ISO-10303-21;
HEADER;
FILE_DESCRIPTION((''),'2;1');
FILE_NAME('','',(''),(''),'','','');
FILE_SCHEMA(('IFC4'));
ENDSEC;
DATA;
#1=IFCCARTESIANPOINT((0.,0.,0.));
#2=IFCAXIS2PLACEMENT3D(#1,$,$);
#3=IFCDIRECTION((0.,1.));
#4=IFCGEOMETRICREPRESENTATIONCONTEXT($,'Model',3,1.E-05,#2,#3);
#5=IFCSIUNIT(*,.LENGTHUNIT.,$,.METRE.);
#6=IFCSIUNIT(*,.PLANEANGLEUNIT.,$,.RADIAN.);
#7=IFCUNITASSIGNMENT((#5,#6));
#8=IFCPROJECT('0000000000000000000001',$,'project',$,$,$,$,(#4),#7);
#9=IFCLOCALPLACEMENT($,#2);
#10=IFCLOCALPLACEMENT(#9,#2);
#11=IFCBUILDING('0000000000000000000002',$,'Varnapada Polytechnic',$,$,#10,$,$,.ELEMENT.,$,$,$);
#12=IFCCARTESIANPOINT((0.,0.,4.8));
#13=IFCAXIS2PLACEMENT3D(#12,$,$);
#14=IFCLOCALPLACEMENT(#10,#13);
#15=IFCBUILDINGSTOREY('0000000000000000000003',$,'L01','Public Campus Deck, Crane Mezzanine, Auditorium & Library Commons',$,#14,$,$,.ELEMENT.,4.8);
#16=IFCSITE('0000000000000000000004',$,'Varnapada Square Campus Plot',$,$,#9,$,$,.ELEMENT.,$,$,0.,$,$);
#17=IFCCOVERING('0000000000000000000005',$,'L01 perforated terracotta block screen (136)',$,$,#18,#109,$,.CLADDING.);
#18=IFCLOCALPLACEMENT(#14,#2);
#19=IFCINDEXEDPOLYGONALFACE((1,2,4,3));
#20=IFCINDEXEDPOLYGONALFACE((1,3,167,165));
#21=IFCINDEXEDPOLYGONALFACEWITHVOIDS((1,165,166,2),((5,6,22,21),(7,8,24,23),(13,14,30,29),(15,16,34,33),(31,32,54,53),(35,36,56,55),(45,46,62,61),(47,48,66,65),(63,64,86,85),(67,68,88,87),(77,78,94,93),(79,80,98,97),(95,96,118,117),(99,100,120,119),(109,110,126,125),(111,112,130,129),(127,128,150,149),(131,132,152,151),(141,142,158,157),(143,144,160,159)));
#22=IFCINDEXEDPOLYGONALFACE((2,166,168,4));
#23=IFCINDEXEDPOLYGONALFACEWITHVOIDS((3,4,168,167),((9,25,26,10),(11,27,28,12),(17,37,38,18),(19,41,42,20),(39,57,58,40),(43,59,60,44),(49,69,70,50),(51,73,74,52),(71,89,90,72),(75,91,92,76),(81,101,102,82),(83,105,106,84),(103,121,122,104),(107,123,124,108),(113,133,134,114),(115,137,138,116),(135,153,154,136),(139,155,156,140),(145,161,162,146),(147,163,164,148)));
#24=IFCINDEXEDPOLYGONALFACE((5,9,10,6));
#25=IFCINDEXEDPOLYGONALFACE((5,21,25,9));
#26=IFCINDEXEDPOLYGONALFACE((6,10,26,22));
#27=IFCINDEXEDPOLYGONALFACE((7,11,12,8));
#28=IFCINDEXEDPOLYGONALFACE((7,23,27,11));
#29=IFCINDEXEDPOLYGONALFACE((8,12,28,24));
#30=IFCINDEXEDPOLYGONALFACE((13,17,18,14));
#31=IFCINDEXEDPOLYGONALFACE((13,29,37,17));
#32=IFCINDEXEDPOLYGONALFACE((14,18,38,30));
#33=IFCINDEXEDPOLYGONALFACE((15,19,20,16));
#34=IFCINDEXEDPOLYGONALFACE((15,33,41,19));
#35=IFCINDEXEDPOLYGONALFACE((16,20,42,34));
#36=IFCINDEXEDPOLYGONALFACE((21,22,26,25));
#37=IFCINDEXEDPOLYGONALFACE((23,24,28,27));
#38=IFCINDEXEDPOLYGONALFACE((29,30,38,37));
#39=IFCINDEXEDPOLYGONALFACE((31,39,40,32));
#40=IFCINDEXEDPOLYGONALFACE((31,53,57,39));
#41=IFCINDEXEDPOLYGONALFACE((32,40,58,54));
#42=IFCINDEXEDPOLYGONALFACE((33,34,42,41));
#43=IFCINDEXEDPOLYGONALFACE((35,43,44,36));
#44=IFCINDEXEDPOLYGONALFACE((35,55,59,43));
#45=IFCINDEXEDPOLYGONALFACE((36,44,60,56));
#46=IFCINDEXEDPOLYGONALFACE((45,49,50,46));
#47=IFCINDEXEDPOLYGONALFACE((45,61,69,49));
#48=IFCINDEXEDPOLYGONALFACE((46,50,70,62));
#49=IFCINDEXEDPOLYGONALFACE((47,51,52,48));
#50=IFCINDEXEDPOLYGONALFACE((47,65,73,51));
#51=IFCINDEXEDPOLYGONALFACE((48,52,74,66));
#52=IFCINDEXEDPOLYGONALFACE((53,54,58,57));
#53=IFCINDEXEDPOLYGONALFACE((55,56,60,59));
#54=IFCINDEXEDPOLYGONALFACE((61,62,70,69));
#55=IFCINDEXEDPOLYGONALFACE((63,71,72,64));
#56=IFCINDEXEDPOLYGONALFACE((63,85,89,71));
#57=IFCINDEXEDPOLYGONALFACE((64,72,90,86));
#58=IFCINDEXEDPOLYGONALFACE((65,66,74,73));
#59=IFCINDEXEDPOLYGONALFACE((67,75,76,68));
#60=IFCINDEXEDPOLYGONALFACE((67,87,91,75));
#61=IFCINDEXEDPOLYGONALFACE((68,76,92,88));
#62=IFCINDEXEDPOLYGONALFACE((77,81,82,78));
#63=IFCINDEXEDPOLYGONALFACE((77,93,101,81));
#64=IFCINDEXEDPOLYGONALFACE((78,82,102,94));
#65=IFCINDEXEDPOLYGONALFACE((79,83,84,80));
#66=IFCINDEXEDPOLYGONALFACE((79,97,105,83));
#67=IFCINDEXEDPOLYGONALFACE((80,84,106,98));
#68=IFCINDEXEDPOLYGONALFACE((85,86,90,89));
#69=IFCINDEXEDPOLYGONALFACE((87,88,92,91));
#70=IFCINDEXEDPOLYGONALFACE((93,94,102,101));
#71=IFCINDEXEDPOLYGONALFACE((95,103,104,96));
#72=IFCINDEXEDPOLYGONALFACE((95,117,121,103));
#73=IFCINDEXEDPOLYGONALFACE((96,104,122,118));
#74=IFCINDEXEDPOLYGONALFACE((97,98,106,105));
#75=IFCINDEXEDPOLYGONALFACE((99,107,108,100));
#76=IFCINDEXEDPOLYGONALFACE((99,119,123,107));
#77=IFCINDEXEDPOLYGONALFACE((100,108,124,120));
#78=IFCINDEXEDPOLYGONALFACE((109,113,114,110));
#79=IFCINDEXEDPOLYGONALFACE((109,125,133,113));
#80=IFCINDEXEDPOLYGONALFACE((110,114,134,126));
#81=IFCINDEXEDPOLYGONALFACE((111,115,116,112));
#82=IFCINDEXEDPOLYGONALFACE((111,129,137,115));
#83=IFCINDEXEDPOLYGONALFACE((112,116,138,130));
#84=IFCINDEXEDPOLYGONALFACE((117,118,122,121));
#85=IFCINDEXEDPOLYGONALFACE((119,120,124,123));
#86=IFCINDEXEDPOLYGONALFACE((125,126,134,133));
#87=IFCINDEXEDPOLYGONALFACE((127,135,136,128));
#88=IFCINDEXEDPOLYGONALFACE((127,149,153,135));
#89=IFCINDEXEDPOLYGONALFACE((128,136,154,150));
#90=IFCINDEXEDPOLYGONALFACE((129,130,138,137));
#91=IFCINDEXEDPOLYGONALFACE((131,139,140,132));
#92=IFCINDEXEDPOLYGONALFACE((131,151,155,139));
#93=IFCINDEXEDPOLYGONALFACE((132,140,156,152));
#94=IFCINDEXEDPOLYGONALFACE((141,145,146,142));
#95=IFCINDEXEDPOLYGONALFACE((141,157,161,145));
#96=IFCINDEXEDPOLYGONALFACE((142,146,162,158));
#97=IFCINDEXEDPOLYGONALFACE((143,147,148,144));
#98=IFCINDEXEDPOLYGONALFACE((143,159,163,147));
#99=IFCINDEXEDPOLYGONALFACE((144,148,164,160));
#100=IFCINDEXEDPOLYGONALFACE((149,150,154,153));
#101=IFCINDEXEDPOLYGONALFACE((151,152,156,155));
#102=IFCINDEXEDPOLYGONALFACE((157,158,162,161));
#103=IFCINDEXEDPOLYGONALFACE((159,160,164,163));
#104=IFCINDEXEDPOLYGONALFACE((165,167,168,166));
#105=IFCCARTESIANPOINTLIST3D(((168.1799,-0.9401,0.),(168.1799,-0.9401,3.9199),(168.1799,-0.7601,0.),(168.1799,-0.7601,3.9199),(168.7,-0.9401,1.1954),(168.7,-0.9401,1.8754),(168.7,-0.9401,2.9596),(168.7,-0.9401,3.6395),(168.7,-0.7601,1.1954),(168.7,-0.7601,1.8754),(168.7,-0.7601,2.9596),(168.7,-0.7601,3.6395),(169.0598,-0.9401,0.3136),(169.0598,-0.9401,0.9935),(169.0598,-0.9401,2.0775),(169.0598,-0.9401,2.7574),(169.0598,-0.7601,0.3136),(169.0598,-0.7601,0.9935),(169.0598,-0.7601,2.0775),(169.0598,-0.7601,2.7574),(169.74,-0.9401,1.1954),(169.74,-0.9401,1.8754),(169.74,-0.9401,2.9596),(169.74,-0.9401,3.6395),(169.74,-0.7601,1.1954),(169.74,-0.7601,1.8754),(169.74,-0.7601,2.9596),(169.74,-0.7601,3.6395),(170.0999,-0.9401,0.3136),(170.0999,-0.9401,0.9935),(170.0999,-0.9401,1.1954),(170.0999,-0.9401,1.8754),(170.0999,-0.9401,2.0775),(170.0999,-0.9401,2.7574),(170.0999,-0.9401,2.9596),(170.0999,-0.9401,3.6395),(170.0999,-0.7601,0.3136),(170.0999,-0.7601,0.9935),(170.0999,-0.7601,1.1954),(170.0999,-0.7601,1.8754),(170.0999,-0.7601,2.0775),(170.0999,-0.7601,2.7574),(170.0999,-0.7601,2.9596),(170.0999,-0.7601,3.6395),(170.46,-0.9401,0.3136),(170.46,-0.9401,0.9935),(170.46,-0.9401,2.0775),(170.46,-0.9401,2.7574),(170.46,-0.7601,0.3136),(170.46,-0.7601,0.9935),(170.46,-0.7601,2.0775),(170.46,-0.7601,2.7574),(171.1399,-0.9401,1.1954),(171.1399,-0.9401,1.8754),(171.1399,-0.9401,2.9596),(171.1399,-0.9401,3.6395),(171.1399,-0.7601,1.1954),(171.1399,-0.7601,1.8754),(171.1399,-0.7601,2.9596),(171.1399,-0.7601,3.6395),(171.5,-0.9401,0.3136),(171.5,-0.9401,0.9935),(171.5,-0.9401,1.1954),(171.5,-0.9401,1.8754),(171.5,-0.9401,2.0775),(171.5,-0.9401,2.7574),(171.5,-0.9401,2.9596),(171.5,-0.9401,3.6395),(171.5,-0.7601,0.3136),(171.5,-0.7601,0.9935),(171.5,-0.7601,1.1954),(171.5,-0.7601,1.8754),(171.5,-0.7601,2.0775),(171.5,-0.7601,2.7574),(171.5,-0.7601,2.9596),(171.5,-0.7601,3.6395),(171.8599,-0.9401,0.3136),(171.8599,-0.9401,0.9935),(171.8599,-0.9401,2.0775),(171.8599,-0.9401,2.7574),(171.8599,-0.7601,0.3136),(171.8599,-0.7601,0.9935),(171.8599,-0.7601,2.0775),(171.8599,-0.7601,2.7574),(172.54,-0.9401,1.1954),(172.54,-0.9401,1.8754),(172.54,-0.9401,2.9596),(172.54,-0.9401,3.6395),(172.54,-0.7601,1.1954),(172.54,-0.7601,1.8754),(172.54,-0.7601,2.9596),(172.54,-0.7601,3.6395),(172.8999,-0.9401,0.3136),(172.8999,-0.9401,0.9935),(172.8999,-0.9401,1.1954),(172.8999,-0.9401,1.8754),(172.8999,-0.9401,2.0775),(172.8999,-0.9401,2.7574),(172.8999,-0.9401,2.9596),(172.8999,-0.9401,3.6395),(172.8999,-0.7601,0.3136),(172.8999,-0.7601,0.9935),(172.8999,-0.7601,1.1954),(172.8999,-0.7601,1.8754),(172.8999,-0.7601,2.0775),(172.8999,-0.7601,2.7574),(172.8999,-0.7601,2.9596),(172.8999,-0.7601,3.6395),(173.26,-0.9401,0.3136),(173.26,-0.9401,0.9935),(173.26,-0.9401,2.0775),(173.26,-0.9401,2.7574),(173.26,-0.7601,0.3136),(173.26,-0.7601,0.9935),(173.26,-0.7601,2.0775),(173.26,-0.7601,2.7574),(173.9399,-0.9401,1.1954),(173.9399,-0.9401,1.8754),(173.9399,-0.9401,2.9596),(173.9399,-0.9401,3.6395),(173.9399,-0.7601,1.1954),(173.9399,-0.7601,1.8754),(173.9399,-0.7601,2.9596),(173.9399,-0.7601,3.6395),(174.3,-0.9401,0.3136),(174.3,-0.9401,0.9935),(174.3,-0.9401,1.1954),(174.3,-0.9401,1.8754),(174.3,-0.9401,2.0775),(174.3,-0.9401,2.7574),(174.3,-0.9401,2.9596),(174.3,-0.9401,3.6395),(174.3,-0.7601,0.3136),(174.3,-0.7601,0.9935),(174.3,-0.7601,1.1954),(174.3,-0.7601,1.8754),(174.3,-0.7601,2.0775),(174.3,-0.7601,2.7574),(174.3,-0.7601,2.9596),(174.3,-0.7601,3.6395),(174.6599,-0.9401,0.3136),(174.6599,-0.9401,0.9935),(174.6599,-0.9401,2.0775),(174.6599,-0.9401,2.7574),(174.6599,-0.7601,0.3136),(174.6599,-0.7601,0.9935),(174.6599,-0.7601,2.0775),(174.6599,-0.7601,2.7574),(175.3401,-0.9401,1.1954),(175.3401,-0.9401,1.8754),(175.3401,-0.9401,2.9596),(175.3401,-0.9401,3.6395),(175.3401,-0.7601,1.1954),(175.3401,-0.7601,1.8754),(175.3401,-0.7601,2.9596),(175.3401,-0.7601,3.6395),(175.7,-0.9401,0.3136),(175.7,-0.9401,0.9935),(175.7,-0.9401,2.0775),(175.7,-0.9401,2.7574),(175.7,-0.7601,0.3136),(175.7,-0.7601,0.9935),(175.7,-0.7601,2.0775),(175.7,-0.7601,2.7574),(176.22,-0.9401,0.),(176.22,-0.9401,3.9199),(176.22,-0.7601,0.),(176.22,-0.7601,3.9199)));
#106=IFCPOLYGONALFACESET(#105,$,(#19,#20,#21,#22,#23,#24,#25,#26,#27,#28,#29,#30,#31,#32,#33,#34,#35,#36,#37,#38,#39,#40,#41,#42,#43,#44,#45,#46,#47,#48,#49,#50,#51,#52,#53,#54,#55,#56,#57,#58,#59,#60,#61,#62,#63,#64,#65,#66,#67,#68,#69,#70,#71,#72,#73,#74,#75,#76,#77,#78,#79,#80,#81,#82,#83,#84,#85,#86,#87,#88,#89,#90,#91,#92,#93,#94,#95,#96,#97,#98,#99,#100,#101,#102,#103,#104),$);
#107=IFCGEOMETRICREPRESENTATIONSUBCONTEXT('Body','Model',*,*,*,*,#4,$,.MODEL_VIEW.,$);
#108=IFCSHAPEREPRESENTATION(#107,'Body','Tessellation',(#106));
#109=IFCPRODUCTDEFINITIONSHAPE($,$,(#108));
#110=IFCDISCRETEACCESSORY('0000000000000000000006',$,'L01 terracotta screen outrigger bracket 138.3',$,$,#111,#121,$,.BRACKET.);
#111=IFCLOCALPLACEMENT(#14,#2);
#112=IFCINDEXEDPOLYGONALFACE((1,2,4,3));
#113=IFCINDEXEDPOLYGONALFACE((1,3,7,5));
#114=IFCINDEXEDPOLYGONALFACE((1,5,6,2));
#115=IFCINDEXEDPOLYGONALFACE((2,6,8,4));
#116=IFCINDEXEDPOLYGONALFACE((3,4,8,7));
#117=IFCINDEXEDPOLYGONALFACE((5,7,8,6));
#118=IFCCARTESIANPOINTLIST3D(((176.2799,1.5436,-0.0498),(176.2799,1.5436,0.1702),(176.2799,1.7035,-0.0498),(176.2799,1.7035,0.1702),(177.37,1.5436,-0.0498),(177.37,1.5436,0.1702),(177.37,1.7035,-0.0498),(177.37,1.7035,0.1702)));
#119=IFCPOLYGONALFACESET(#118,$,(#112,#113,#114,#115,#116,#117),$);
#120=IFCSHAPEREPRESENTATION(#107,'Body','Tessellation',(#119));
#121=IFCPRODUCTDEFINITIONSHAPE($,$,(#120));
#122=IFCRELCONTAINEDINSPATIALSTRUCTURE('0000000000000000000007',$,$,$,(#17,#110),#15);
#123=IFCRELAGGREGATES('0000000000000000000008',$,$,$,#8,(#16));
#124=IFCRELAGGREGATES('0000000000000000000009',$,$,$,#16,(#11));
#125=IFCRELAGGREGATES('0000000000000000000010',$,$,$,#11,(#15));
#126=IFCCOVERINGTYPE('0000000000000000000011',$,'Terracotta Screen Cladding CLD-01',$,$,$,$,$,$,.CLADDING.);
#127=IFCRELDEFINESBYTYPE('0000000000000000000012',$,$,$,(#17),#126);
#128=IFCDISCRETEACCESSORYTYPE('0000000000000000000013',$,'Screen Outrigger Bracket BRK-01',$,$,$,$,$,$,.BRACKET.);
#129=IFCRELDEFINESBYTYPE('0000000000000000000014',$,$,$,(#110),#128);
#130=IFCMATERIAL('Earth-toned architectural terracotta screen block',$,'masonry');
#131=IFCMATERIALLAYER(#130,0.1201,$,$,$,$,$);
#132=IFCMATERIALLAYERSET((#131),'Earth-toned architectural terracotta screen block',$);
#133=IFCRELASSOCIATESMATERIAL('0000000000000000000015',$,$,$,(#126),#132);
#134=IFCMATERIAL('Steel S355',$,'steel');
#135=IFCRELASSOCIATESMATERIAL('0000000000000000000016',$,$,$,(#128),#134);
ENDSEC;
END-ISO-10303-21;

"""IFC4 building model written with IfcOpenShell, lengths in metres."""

from ifc_helpers import new_model, si_unit, direction, frame, frame_2d, origin, origin_2d, place, context, subcontext, project, spatial, rectangle, extrude, material, layer, layer_set, type_object, element, save


model = new_model("IFC4")

# Units and contexts
model_context = context("Model", 3, precision=1e-05, world=origin(), true_north=direction((0.0, 1.0)))
body_context = subcontext(model_context, "Body", "Model", "MODEL_VIEW")
ifc_project = project(units=[si_unit("LENGTHUNIT", "METRE"), si_unit("PLANEANGLEUNIT", "RADIAN")], contexts=[model_context])

# Site, building, storey
site_placement = place(None, origin())
site = spatial("IfcSite", under=ifc_project, at=site_placement, Name="Varnapada Square Campus Plot", CompositionType="ELEMENT", RefElevation=0.0)
building_placement = place(site_placement, origin())
building = spatial("IfcBuilding", under=site, at=building_placement, Name="Varnapada Polytechnic", CompositionType="ELEMENT")
storey_placement = place(building_placement, frame((0.0, 0.0, 4.8)))
storey = spatial("IfcBuildingStorey", under=building, at=storey_placement, Name="L01", Description="Public Campus Deck, Crane Mezzanine, Auditorium & Library Commons", CompositionType="ELEMENT", Elevation=4.8)

# Shared definitions
ifc_material_1 = material(Name="Steel S355", Category="steel")

# Covering, openings
ifc_material_2 = material(Name="Earth-toned architectural terracotta screen block", Category="masonry")
ifc_layer_1 = layer(ifc_material_2, 0.1201)
ifc_layer_set_1 = layer_set([ifc_layer_1], Name="Earth-toned architectural terracotta screen block")
covering_type = type_object("IfcCoveringType", Name="Terracotta Screen Cladding CLD-01", PredefinedType="CLADDING", material=ifc_layer_set_1)
covering_placement = place(storey_placement, frame((176.22, -0.8501, 0.0), z_axis=(0.0, 0.0, 1.0), x_axis=(-1.0, 0.0, 0.0)))
covering = element("IfcCovering", 1, at=covering_placement, inside=storey, type_object=covering_type, Name="L01 perforated terracotta block screen (136)", PredefinedType="CLADDING", context=body_context, shape_type="SweptSolid", body=[
    extrude(rectangle(XDim=8.04, YDim=0.1799, at=frame_2d((4.02, 0.0))), origin(), (0.0, 0.0, 1.0), 3.9199),
])
opening_1_placement = place(covering_placement, frame((0.52, 0.0, 0.3137)))
element("IfcOpeningElement", 2, at=opening_1_placement, cuts=covering, PredefinedType="OPENING", context=body_context, shape_type="SweptSolid", body=[
    extrude(rectangle(XDim=1.04, YDim=0.6799, at=frame_2d((0.52, 0.3398))), frame((0.0, 0.0999, 0.0), z_axis=(0.0, -1.0, 0.0), x_axis=(1.0, 0.0, 0.0)), (0.0, 0.0, 1.0), 0.2),
])
opening_2_placement = place(covering_placement, frame((1.9199, 0.0, 0.3137)))
element("IfcOpeningElement", 3, at=opening_2_placement, cuts=covering, PredefinedType="OPENING", context=body_context, shape_type="SweptSolid", body=[
    extrude(rectangle(XDim=1.04, YDim=0.6799, at=frame_2d((0.52, 0.3398))), frame((0.0, 0.0999, 0.0), z_axis=(0.0, -1.0, 0.0), x_axis=(1.0, 0.0, 0.0)), (0.0, 0.0, 1.0), 0.2),
])
opening_3_placement = place(covering_placement, frame((3.3201, 0.0, 0.3137)))
element("IfcOpeningElement", 4, at=opening_3_placement, cuts=covering, PredefinedType="OPENING", context=body_context, shape_type="SweptSolid", body=[
    extrude(rectangle(XDim=1.04, YDim=0.6799, at=frame_2d((0.52, 0.3398))), frame((0.0, 0.0999, 0.0), z_axis=(0.0, -1.0, 0.0), x_axis=(1.0, 0.0, 0.0)), (0.0, 0.0, 1.0), 0.2),
])
opening_4_placement = place(covering_placement, frame((4.72, 0.0, 0.3137)))
element("IfcOpeningElement", 5, at=opening_4_placement, cuts=covering, PredefinedType="OPENING", context=body_context, shape_type="SweptSolid", body=[
    extrude(rectangle(XDim=1.04, YDim=0.6799, at=frame_2d((0.52, 0.3398))), frame((0.0, 0.0999, 0.0), z_axis=(0.0, -1.0, 0.0), x_axis=(1.0, 0.0, 0.0)), (0.0, 0.0, 1.0), 0.2),
])
opening_5_placement = place(covering_placement, frame((6.1201, 0.0, 0.3137)))
element("IfcOpeningElement", 6, at=opening_5_placement, cuts=covering, PredefinedType="OPENING", context=body_context, shape_type="SweptSolid", body=[
    extrude(rectangle(XDim=1.04, YDim=0.6799, at=frame_2d((0.52, 0.3398))), frame((0.0, 0.0999, 0.0), z_axis=(0.0, -1.0, 0.0), x_axis=(1.0, 0.0, 0.0)), (0.0, 0.0, 1.0), 0.2),
])
opening_6_placement = place(covering_placement, frame((0.8799, 0.0, 1.1956)))
element("IfcOpeningElement", 7, at=opening_6_placement, cuts=covering, PredefinedType="OPENING", context=body_context, shape_type="SweptSolid", body=[
    extrude(rectangle(XDim=1.04, YDim=0.6799, at=frame_2d((0.52, 0.3398))), frame((0.0, 0.0999, 0.0), z_axis=(0.0, -1.0, 0.0), x_axis=(1.0, 0.0, 0.0)), (0.0, 0.0, 1.0), 0.2),
])
opening_7_placement = place(covering_placement, frame((2.28, 0.0, 1.1956)))
element("IfcOpeningElement", 8, at=opening_7_placement, cuts=covering, PredefinedType="OPENING", context=body_context, shape_type="SweptSolid", body=[
    extrude(rectangle(XDim=1.04, YDim=0.6799, at=frame_2d((0.52, 0.3398))), frame((0.0, 0.0999, 0.0), z_axis=(0.0, -1.0, 0.0), x_axis=(1.0, 0.0, 0.0)), (0.0, 0.0, 1.0), 0.2),
])
opening_8_placement = place(covering_placement, frame((3.6799, 0.0, 1.1956)))
element("IfcOpeningElement", 9, at=opening_8_placement, cuts=covering, PredefinedType="OPENING", context=body_context, shape_type="SweptSolid", body=[
    extrude(rectangle(XDim=1.04, YDim=0.6799, at=frame_2d((0.52, 0.3398))), frame((0.0, 0.0999, 0.0), z_axis=(0.0, -1.0, 0.0), x_axis=(1.0, 0.0, 0.0)), (0.0, 0.0, 1.0), 0.2),
])
opening_9_placement = place(covering_placement, frame((5.0801, 0.0, 1.1956)))
element("IfcOpeningElement", 10, at=opening_9_placement, cuts=covering, PredefinedType="OPENING", context=body_context, shape_type="SweptSolid", body=[
    extrude(rectangle(XDim=1.04, YDim=0.6799, at=frame_2d((0.52, 0.3398))), frame((0.0, 0.0999, 0.0), z_axis=(0.0, -1.0, 0.0), x_axis=(1.0, 0.0, 0.0)), (0.0, 0.0, 1.0), 0.2),
])
opening_10_placement = place(covering_placement, frame((6.48, 0.0, 1.1956)))
element("IfcOpeningElement", 11, at=opening_10_placement, cuts=covering, PredefinedType="OPENING", context=body_context, shape_type="SweptSolid", body=[
    extrude(rectangle(XDim=1.04, YDim=0.6799, at=frame_2d((0.52, 0.3398))), frame((0.0, 0.0999, 0.0), z_axis=(0.0, -1.0, 0.0), x_axis=(1.0, 0.0, 0.0)), (0.0, 0.0, 1.0), 0.2),
])
opening_11_placement = place(covering_placement, frame((0.52, 0.0, 2.0776)))
element("IfcOpeningElement", 12, at=opening_11_placement, cuts=covering, PredefinedType="OPENING", context=body_context, shape_type="SweptSolid", body=[
    extrude(rectangle(XDim=1.04, YDim=0.6799, at=frame_2d((0.52, 0.3398))), frame((0.0, 0.0999, 0.0), z_axis=(0.0, -1.0, 0.0), x_axis=(1.0, 0.0, 0.0)), (0.0, 0.0, 1.0), 0.2),
])
opening_12_placement = place(covering_placement, frame((1.9199, 0.0, 2.0776)))
element("IfcOpeningElement", 13, at=opening_12_placement, cuts=covering, PredefinedType="OPENING", context=body_context, shape_type="SweptSolid", body=[
    extrude(rectangle(XDim=1.04, YDim=0.6799, at=frame_2d((0.52, 0.3398))), frame((0.0, 0.0999, 0.0), z_axis=(0.0, -1.0, 0.0), x_axis=(1.0, 0.0, 0.0)), (0.0, 0.0, 1.0), 0.2),
])
opening_13_placement = place(covering_placement, frame((3.3201, 0.0, 2.0776)))
element("IfcOpeningElement", 14, at=opening_13_placement, cuts=covering, PredefinedType="OPENING", context=body_context, shape_type="SweptSolid", body=[
    extrude(rectangle(XDim=1.04, YDim=0.6799, at=frame_2d((0.52, 0.3398))), frame((0.0, 0.0999, 0.0), z_axis=(0.0, -1.0, 0.0), x_axis=(1.0, 0.0, 0.0)), (0.0, 0.0, 1.0), 0.2),
])
opening_14_placement = place(covering_placement, frame((4.72, 0.0, 2.0776)))
element("IfcOpeningElement", 15, at=opening_14_placement, cuts=covering, PredefinedType="OPENING", context=body_context, shape_type="SweptSolid", body=[
    extrude(rectangle(XDim=1.04, YDim=0.6799, at=frame_2d((0.52, 0.3398))), frame((0.0, 0.0999, 0.0), z_axis=(0.0, -1.0, 0.0), x_axis=(1.0, 0.0, 0.0)), (0.0, 0.0, 1.0), 0.2),
])
opening_15_placement = place(covering_placement, frame((6.1201, 0.0, 2.0776)))
element("IfcOpeningElement", 16, at=opening_15_placement, cuts=covering, PredefinedType="OPENING", context=body_context, shape_type="SweptSolid", body=[
    extrude(rectangle(XDim=1.04, YDim=0.6799, at=frame_2d((0.52, 0.3398))), frame((0.0, 0.0999, 0.0), z_axis=(0.0, -1.0, 0.0), x_axis=(1.0, 0.0, 0.0)), (0.0, 0.0, 1.0), 0.2),
])
opening_16_placement = place(covering_placement, frame((0.8799, 0.0, 2.9597)))
element("IfcOpeningElement", 17, at=opening_16_placement, cuts=covering, PredefinedType="OPENING", context=body_context, shape_type="SweptSolid", body=[
    extrude(rectangle(XDim=1.04, YDim=0.6799, at=frame_2d((0.52, 0.3398))), frame((0.0, 0.0999, 0.0), z_axis=(0.0, -1.0, 0.0), x_axis=(1.0, 0.0, 0.0)), (0.0, 0.0, 1.0), 0.2),
])
opening_17_placement = place(covering_placement, frame((2.28, 0.0, 2.9597)))
element("IfcOpeningElement", 18, at=opening_17_placement, cuts=covering, PredefinedType="OPENING", context=body_context, shape_type="SweptSolid", body=[
    extrude(rectangle(XDim=1.04, YDim=0.6799, at=frame_2d((0.52, 0.3398))), frame((0.0, 0.0999, 0.0), z_axis=(0.0, -1.0, 0.0), x_axis=(1.0, 0.0, 0.0)), (0.0, 0.0, 1.0), 0.2),
])
opening_18_placement = place(covering_placement, frame((3.6799, 0.0, 2.9597)))
element("IfcOpeningElement", 19, at=opening_18_placement, cuts=covering, PredefinedType="OPENING", context=body_context, shape_type="SweptSolid", body=[
    extrude(rectangle(XDim=1.04, YDim=0.6799, at=frame_2d((0.52, 0.3398))), frame((0.0, 0.0999, 0.0), z_axis=(0.0, -1.0, 0.0), x_axis=(1.0, 0.0, 0.0)), (0.0, 0.0, 1.0), 0.2),
])
opening_19_placement = place(covering_placement, frame((5.0801, 0.0, 2.9597)))
element("IfcOpeningElement", 20, at=opening_19_placement, cuts=covering, PredefinedType="OPENING", context=body_context, shape_type="SweptSolid", body=[
    extrude(rectangle(XDim=1.04, YDim=0.6799, at=frame_2d((0.52, 0.3398))), frame((0.0, 0.0999, 0.0), z_axis=(0.0, -1.0, 0.0), x_axis=(1.0, 0.0, 0.0)), (0.0, 0.0, 1.0), 0.2),
])
opening_20_placement = place(covering_placement, frame((6.48, 0.0, 2.9597)))
element("IfcOpeningElement", 21, at=opening_20_placement, cuts=covering, PredefinedType="OPENING", context=body_context, shape_type="SweptSolid", body=[
    extrude(rectangle(XDim=1.04, YDim=0.6799, at=frame_2d((0.52, 0.3398))), frame((0.0, 0.0999, 0.0), z_axis=(0.0, -1.0, 0.0), x_axis=(1.0, 0.0, 0.0)), (0.0, 0.0, 1.0), 0.2),
])

# Discrete accessory
discrete_accessory_type = type_object("IfcDiscreteAccessoryType", Name="Screen Outrigger Bracket BRK-01", PredefinedType="BRACKET", material=ifc_material_1)
discrete_accessory_placement = place(storey_placement, frame((176.825, 1.6235, -0.0498), z_axis=(0.0, 0.0, 1.0), x_axis=(0.0, -1.0, 0.0)))
element("IfcDiscreteAccessory", 22, at=discrete_accessory_placement, inside=storey, type_object=discrete_accessory_type, Name="L01 terracotta screen outrigger bracket 138.3", PredefinedType="BRACKET", context=body_context, shape_type="SweptSolid", body=[
    extrude(rectangle(XDim=0.1599, YDim=1.0901, at=origin_2d()), origin(), (0.0, 0.0, 1.0), 0.22),
])

save(model, "model.ifc")
